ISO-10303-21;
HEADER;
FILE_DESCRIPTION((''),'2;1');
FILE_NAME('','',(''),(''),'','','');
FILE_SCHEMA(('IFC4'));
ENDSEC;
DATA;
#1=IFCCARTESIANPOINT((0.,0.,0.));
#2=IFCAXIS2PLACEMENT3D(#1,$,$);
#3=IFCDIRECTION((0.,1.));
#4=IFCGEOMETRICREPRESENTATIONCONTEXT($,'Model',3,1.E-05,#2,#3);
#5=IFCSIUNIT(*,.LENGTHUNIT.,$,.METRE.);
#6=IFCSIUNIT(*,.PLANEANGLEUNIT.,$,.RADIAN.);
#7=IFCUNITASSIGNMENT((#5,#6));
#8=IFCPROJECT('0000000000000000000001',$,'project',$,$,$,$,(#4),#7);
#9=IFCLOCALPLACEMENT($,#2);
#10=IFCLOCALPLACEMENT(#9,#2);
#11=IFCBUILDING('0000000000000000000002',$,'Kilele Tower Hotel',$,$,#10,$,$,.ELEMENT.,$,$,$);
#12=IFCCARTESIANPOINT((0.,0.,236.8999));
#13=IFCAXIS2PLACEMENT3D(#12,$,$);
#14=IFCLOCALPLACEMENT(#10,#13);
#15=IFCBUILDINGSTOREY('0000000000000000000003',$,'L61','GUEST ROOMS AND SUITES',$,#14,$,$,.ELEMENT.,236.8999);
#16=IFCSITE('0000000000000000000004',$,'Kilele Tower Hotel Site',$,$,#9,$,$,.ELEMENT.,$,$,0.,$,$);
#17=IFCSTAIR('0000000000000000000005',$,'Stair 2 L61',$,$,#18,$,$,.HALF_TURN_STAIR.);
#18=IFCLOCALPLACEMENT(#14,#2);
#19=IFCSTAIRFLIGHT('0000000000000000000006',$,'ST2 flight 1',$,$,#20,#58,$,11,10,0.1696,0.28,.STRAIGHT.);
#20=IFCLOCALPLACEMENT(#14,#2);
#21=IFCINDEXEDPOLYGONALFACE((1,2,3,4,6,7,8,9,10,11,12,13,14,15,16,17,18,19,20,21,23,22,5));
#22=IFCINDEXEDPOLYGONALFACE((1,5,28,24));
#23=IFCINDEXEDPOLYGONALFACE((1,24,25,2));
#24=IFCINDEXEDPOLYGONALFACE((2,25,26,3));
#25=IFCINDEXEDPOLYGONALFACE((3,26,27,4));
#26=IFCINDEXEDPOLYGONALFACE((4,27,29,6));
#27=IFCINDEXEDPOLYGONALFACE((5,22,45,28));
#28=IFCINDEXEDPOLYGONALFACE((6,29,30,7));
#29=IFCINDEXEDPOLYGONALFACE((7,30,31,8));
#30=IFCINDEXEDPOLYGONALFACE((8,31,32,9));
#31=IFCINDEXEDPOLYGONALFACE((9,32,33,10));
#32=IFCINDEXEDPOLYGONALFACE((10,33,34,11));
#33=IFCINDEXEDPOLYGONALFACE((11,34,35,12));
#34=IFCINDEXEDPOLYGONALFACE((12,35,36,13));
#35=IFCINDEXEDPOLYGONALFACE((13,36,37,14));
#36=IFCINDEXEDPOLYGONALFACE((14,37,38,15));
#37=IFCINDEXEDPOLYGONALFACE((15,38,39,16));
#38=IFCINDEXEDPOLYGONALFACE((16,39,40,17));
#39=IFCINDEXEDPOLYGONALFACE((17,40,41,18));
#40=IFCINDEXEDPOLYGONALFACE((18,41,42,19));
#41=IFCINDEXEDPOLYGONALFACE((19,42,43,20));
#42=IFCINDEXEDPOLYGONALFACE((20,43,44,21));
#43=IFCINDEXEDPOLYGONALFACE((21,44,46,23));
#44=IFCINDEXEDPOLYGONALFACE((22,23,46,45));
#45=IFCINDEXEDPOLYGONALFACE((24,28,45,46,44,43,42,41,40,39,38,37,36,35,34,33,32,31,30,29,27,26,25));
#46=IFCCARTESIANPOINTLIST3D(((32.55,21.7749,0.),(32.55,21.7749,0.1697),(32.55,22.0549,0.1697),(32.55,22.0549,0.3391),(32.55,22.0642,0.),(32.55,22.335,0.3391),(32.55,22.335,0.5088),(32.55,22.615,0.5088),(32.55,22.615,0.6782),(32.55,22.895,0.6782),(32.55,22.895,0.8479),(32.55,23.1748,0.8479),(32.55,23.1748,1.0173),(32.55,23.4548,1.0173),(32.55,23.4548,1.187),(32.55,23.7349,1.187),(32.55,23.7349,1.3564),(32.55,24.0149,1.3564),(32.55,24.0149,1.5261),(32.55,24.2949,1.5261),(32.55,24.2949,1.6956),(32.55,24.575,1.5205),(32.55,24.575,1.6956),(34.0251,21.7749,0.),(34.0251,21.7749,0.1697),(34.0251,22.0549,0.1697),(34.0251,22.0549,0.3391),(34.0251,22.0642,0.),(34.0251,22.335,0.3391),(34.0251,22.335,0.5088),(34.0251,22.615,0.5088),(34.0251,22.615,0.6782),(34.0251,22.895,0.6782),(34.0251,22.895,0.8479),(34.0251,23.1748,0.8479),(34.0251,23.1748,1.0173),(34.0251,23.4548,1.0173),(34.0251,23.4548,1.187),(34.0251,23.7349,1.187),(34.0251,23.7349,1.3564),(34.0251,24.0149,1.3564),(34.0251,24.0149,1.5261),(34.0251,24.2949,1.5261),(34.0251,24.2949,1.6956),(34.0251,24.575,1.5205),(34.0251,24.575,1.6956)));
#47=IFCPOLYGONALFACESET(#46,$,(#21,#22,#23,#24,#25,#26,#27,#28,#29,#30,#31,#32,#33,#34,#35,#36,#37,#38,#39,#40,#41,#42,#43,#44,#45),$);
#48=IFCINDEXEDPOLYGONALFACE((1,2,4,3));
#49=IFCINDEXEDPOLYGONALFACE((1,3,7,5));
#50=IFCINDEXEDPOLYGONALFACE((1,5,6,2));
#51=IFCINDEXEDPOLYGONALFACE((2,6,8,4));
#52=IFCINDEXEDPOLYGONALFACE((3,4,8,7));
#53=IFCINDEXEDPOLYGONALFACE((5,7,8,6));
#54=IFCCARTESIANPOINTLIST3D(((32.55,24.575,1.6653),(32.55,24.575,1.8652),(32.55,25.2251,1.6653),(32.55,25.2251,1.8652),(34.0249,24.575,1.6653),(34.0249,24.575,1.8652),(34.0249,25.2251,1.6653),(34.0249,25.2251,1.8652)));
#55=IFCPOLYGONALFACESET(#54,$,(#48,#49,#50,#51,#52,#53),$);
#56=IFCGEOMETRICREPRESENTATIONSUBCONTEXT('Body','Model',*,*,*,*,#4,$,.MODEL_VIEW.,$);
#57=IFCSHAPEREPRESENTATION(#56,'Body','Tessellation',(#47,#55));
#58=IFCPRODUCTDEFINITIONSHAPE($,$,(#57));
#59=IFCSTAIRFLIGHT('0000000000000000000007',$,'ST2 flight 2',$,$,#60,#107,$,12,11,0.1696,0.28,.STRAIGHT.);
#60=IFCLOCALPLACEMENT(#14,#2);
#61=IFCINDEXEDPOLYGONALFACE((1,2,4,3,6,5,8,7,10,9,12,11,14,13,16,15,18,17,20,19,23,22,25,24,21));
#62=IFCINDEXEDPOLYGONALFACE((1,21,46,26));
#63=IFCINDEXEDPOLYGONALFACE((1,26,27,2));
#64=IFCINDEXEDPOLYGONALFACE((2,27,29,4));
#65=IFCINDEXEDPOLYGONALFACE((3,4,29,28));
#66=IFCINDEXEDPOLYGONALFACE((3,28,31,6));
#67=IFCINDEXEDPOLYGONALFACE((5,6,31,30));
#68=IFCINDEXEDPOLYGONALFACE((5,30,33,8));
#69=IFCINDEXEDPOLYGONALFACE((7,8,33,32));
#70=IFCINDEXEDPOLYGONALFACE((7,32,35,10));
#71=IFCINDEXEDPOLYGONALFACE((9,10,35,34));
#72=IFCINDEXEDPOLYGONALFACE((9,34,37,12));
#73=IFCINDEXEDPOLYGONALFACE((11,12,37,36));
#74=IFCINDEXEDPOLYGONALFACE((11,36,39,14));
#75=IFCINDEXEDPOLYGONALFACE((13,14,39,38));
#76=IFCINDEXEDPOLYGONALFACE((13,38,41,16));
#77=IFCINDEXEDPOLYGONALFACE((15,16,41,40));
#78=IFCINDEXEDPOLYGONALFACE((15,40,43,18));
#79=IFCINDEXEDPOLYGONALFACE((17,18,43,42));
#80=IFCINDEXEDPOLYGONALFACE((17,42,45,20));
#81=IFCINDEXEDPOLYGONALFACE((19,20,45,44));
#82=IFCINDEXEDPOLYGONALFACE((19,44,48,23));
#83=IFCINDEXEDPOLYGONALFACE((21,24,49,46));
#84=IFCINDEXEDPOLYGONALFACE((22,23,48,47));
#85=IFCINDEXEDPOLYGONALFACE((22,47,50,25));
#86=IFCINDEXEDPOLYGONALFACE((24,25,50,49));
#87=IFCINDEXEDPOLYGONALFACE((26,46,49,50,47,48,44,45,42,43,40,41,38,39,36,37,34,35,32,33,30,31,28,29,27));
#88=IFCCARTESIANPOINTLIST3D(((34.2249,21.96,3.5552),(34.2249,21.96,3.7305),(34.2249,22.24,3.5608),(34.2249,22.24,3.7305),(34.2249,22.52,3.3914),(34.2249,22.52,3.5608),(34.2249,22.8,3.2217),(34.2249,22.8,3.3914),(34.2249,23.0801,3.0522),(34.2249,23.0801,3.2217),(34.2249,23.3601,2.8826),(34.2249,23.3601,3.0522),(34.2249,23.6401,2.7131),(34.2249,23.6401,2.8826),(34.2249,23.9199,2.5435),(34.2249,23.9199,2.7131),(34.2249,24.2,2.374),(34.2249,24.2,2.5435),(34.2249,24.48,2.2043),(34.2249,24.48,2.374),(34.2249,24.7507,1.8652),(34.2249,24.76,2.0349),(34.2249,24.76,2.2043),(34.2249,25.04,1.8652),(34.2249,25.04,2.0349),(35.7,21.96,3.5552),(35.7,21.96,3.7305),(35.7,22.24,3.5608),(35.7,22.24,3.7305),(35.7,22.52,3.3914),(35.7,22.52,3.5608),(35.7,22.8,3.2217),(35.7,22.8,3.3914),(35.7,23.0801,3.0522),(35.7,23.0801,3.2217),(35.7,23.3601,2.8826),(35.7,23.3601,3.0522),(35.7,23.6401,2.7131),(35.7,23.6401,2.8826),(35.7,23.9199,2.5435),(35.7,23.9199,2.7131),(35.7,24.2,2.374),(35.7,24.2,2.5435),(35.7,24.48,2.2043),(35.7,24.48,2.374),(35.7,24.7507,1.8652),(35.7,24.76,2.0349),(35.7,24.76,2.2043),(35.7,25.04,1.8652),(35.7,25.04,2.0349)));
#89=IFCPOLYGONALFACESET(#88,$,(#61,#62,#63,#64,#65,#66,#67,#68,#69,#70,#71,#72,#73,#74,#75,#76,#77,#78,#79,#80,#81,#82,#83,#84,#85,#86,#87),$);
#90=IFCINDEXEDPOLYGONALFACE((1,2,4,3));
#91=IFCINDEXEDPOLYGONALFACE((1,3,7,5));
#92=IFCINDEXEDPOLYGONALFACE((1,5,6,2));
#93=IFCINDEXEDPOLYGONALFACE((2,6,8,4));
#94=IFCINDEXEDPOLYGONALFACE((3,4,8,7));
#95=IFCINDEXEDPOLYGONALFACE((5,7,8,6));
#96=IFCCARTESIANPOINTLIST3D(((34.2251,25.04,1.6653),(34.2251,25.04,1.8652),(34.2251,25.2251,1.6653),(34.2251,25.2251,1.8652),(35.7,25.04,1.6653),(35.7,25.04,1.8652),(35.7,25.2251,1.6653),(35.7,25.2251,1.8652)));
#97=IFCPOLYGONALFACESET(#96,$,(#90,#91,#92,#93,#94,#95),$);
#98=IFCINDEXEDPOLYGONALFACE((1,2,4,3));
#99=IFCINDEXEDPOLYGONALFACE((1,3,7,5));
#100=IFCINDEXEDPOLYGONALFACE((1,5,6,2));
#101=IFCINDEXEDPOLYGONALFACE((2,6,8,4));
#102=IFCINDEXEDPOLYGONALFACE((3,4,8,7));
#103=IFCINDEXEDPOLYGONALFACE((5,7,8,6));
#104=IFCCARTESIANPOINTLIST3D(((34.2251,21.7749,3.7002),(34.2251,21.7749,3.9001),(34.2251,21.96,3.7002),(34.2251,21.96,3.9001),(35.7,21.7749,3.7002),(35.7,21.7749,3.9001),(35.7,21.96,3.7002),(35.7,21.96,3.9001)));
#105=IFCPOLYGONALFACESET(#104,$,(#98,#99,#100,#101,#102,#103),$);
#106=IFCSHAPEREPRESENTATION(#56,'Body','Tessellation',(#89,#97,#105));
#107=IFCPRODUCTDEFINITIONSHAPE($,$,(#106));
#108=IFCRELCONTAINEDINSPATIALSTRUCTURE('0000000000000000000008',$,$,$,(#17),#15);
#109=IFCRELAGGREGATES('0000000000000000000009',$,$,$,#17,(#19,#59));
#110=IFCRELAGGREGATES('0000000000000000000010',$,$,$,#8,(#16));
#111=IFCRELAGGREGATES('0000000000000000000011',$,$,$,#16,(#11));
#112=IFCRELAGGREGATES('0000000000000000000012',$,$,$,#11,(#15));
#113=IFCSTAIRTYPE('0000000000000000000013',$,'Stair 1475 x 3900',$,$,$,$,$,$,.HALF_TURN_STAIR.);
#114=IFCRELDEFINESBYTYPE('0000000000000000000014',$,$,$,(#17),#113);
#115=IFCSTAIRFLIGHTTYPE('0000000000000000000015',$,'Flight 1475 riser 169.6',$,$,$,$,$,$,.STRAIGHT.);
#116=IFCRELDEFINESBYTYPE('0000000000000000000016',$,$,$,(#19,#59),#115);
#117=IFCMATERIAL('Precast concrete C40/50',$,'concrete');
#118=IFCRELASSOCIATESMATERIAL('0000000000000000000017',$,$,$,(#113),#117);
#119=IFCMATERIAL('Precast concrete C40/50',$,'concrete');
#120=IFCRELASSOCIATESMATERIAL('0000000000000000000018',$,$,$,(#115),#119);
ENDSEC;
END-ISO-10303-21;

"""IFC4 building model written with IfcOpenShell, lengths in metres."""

from ifc_helpers import new_model, si_unit, direction, frame, origin, place, context, subcontext, project, spatial, polyline, outline, extrude, material, type_object, element, aggregate, save


model = new_model("IFC4")

# Units and contexts
model_context = context("Model", 3, precision=1e-05, world=origin(), true_north=direction((0.0, 1.0)))
body_context = subcontext(model_context, "Body", "Model", "MODEL_VIEW")
ifc_project = project(units=[si_unit("LENGTHUNIT", "METRE"), si_unit("PLANEANGLEUNIT", "RADIAN")], contexts=[model_context])

# Site, building, storey
site_placement = place(None, origin())
site = spatial("IfcSite", under=ifc_project, at=site_placement, Name="Kilele Tower Hotel Site", CompositionType="ELEMENT", RefElevation=0.0)
building_placement = place(site_placement, origin())
building = spatial("IfcBuilding", under=site, at=building_placement, Name="Kilele Tower Hotel", CompositionType="ELEMENT")
storey_placement = place(building_placement, frame((0.0, 0.0, 236.8999)))
storey = spatial("IfcBuildingStorey", under=building, at=storey_placement, Name="L61", Description="GUEST ROOMS AND SUITES", CompositionType="ELEMENT", Elevation=236.8999)

# Stair, stair flights
ifc_material_1 = material(Name="Precast concrete C40/50", Category="concrete")
stair_type = type_object("IfcStairType", Name="Stair 1475 x 3900", PredefinedType="HALF_TURN_STAIR", material=ifc_material_1)
stair_placement = place(storey_placement, origin())
stair = element("IfcStair", 1, at=stair_placement, inside=storey, type_object=stair_type, Name="Stair 2 L61", PredefinedType="HALF_TURN_STAIR")
ifc_material_2 = material(Name="Precast concrete C40/50", Category="concrete")
stair_flight_type = type_object("IfcStairFlightType", Name="Flight 1475 riser 169.6", PredefinedType="STRAIGHT", material=ifc_material_2)
stair_flight_1_placement = place(storey_placement, frame((33.2876, 21.7749, 0.0), z_axis=(0.0, 0.0, 1.0), x_axis=(0.0, 1.0, 0.0)))
stair_flight_1 = element("IfcStairFlight", 2, at=stair_flight_1_placement, type_object=stair_flight_type, Name="ST2 flight 1", NumberOfRisers=11, NumberOfTreads=10, PredefinedType="STRAIGHT", RiserHeight=0.1696, TreadLength=0.28, context=body_context, shape_type="SweptSolid", body=[
    extrude(outline(polyline([(0.0, 0.0), (0.0, 0.1697), (0.28, 0.1697), (0.28, 0.3391), (0.5601, 0.3391), (0.5601, 0.5088), (0.8401, 0.5088), (0.8401, 0.6782), (1.1201, 0.6782), (1.1201, 0.8479), (1.3999, 0.8479), (1.3999, 1.0173), (1.6799, 1.0173), (1.6799, 1.187), (1.96, 1.187), (1.96, 1.3564), (2.24, 1.3564), (2.24, 1.5261), (2.52, 1.5261), (2.52, 1.6956), (2.8, 1.6956), (2.8, 1.8652), (2.8, 1.5205), (0.2893, 0.0), (0.0, 0.0)])), frame((0.0, 0.7375, 0.0), z_axis=(0.0, -1.0, 0.0), x_axis=(1.0, 0.0, 0.0)), (0.0, 0.0, 1.0), 1.4751),
    extrude(outline(polyline([(2.8, 0.7375), (2.8, -0.7373), (3.4502, -0.7373), (3.4502, 0.7375), (2.8, 0.7375)])), frame((0.0, 0.0, 1.6653)), (0.0, 0.0, 1.0), 0.2),
])
stair_flight_2_placement = place(storey_placement, frame((34.9624, 25.04, 1.8652), z_axis=(0.0, 0.0, 1.0), x_axis=(0.0, -1.0, 0.0)))
stair_flight_2 = element("IfcStairFlight", 3, at=stair_flight_2_placement, type_object=stair_flight_type, Name="ST2 flight 2", NumberOfRisers=12, NumberOfTreads=11, PredefinedType="STRAIGHT", RiserHeight=0.1696, TreadLength=0.28, context=body_context, shape_type="SweptSolid", body=[
    extrude(outline(polyline([(0.0, 0.0), (0.0, 0.1697), (0.28, 0.1697), (0.28, 0.3391), (0.5601, 0.3391), (0.5601, 0.5088), (0.8401, 0.5088), (0.8401, 0.6782), (1.1201, 0.6782), (1.1201, 0.8479), (1.3999, 0.8479), (1.3999, 1.0173), (1.6799, 1.0173), (1.6799, 1.187), (1.96, 1.187), (1.96, 1.3564), (2.24, 1.3564), (2.24, 1.5261), (2.52, 1.5261), (2.52, 1.6956), (2.8, 1.6956), (2.8, 1.8652), (3.0801, 1.8652), (3.0801, 2.0347), (3.0801, 1.6899), (0.2893, 0.0), (0.0, 0.0)])), frame((0.0, 0.7375, 0.0), z_axis=(0.0, -1.0, 0.0), x_axis=(1.0, 0.0, 0.0)), (0.0, 0.0, 1.0), 1.4751),
    extrude(outline(polyline([(0.0, -0.7373), (0.0, 0.7375), (-0.1851, 0.7375), (-0.1851, -0.7373), (0.0, -0.7373)])), frame((0.0, 0.0, -0.2)), (0.0, 0.0, 1.0), 0.2),
    extrude(outline(polyline([(3.2651, -0.7373), (3.2651, 0.7375), (3.0801, 0.7375), (3.0801, -0.7373), (3.2651, -0.7373)])), frame((0.0, 0.0, 1.835)), (0.0, 0.0, 1.0), 0.2),
])
aggregate(stair, [stair_flight_1, stair_flight_2])

save(model, "model.ifc")
